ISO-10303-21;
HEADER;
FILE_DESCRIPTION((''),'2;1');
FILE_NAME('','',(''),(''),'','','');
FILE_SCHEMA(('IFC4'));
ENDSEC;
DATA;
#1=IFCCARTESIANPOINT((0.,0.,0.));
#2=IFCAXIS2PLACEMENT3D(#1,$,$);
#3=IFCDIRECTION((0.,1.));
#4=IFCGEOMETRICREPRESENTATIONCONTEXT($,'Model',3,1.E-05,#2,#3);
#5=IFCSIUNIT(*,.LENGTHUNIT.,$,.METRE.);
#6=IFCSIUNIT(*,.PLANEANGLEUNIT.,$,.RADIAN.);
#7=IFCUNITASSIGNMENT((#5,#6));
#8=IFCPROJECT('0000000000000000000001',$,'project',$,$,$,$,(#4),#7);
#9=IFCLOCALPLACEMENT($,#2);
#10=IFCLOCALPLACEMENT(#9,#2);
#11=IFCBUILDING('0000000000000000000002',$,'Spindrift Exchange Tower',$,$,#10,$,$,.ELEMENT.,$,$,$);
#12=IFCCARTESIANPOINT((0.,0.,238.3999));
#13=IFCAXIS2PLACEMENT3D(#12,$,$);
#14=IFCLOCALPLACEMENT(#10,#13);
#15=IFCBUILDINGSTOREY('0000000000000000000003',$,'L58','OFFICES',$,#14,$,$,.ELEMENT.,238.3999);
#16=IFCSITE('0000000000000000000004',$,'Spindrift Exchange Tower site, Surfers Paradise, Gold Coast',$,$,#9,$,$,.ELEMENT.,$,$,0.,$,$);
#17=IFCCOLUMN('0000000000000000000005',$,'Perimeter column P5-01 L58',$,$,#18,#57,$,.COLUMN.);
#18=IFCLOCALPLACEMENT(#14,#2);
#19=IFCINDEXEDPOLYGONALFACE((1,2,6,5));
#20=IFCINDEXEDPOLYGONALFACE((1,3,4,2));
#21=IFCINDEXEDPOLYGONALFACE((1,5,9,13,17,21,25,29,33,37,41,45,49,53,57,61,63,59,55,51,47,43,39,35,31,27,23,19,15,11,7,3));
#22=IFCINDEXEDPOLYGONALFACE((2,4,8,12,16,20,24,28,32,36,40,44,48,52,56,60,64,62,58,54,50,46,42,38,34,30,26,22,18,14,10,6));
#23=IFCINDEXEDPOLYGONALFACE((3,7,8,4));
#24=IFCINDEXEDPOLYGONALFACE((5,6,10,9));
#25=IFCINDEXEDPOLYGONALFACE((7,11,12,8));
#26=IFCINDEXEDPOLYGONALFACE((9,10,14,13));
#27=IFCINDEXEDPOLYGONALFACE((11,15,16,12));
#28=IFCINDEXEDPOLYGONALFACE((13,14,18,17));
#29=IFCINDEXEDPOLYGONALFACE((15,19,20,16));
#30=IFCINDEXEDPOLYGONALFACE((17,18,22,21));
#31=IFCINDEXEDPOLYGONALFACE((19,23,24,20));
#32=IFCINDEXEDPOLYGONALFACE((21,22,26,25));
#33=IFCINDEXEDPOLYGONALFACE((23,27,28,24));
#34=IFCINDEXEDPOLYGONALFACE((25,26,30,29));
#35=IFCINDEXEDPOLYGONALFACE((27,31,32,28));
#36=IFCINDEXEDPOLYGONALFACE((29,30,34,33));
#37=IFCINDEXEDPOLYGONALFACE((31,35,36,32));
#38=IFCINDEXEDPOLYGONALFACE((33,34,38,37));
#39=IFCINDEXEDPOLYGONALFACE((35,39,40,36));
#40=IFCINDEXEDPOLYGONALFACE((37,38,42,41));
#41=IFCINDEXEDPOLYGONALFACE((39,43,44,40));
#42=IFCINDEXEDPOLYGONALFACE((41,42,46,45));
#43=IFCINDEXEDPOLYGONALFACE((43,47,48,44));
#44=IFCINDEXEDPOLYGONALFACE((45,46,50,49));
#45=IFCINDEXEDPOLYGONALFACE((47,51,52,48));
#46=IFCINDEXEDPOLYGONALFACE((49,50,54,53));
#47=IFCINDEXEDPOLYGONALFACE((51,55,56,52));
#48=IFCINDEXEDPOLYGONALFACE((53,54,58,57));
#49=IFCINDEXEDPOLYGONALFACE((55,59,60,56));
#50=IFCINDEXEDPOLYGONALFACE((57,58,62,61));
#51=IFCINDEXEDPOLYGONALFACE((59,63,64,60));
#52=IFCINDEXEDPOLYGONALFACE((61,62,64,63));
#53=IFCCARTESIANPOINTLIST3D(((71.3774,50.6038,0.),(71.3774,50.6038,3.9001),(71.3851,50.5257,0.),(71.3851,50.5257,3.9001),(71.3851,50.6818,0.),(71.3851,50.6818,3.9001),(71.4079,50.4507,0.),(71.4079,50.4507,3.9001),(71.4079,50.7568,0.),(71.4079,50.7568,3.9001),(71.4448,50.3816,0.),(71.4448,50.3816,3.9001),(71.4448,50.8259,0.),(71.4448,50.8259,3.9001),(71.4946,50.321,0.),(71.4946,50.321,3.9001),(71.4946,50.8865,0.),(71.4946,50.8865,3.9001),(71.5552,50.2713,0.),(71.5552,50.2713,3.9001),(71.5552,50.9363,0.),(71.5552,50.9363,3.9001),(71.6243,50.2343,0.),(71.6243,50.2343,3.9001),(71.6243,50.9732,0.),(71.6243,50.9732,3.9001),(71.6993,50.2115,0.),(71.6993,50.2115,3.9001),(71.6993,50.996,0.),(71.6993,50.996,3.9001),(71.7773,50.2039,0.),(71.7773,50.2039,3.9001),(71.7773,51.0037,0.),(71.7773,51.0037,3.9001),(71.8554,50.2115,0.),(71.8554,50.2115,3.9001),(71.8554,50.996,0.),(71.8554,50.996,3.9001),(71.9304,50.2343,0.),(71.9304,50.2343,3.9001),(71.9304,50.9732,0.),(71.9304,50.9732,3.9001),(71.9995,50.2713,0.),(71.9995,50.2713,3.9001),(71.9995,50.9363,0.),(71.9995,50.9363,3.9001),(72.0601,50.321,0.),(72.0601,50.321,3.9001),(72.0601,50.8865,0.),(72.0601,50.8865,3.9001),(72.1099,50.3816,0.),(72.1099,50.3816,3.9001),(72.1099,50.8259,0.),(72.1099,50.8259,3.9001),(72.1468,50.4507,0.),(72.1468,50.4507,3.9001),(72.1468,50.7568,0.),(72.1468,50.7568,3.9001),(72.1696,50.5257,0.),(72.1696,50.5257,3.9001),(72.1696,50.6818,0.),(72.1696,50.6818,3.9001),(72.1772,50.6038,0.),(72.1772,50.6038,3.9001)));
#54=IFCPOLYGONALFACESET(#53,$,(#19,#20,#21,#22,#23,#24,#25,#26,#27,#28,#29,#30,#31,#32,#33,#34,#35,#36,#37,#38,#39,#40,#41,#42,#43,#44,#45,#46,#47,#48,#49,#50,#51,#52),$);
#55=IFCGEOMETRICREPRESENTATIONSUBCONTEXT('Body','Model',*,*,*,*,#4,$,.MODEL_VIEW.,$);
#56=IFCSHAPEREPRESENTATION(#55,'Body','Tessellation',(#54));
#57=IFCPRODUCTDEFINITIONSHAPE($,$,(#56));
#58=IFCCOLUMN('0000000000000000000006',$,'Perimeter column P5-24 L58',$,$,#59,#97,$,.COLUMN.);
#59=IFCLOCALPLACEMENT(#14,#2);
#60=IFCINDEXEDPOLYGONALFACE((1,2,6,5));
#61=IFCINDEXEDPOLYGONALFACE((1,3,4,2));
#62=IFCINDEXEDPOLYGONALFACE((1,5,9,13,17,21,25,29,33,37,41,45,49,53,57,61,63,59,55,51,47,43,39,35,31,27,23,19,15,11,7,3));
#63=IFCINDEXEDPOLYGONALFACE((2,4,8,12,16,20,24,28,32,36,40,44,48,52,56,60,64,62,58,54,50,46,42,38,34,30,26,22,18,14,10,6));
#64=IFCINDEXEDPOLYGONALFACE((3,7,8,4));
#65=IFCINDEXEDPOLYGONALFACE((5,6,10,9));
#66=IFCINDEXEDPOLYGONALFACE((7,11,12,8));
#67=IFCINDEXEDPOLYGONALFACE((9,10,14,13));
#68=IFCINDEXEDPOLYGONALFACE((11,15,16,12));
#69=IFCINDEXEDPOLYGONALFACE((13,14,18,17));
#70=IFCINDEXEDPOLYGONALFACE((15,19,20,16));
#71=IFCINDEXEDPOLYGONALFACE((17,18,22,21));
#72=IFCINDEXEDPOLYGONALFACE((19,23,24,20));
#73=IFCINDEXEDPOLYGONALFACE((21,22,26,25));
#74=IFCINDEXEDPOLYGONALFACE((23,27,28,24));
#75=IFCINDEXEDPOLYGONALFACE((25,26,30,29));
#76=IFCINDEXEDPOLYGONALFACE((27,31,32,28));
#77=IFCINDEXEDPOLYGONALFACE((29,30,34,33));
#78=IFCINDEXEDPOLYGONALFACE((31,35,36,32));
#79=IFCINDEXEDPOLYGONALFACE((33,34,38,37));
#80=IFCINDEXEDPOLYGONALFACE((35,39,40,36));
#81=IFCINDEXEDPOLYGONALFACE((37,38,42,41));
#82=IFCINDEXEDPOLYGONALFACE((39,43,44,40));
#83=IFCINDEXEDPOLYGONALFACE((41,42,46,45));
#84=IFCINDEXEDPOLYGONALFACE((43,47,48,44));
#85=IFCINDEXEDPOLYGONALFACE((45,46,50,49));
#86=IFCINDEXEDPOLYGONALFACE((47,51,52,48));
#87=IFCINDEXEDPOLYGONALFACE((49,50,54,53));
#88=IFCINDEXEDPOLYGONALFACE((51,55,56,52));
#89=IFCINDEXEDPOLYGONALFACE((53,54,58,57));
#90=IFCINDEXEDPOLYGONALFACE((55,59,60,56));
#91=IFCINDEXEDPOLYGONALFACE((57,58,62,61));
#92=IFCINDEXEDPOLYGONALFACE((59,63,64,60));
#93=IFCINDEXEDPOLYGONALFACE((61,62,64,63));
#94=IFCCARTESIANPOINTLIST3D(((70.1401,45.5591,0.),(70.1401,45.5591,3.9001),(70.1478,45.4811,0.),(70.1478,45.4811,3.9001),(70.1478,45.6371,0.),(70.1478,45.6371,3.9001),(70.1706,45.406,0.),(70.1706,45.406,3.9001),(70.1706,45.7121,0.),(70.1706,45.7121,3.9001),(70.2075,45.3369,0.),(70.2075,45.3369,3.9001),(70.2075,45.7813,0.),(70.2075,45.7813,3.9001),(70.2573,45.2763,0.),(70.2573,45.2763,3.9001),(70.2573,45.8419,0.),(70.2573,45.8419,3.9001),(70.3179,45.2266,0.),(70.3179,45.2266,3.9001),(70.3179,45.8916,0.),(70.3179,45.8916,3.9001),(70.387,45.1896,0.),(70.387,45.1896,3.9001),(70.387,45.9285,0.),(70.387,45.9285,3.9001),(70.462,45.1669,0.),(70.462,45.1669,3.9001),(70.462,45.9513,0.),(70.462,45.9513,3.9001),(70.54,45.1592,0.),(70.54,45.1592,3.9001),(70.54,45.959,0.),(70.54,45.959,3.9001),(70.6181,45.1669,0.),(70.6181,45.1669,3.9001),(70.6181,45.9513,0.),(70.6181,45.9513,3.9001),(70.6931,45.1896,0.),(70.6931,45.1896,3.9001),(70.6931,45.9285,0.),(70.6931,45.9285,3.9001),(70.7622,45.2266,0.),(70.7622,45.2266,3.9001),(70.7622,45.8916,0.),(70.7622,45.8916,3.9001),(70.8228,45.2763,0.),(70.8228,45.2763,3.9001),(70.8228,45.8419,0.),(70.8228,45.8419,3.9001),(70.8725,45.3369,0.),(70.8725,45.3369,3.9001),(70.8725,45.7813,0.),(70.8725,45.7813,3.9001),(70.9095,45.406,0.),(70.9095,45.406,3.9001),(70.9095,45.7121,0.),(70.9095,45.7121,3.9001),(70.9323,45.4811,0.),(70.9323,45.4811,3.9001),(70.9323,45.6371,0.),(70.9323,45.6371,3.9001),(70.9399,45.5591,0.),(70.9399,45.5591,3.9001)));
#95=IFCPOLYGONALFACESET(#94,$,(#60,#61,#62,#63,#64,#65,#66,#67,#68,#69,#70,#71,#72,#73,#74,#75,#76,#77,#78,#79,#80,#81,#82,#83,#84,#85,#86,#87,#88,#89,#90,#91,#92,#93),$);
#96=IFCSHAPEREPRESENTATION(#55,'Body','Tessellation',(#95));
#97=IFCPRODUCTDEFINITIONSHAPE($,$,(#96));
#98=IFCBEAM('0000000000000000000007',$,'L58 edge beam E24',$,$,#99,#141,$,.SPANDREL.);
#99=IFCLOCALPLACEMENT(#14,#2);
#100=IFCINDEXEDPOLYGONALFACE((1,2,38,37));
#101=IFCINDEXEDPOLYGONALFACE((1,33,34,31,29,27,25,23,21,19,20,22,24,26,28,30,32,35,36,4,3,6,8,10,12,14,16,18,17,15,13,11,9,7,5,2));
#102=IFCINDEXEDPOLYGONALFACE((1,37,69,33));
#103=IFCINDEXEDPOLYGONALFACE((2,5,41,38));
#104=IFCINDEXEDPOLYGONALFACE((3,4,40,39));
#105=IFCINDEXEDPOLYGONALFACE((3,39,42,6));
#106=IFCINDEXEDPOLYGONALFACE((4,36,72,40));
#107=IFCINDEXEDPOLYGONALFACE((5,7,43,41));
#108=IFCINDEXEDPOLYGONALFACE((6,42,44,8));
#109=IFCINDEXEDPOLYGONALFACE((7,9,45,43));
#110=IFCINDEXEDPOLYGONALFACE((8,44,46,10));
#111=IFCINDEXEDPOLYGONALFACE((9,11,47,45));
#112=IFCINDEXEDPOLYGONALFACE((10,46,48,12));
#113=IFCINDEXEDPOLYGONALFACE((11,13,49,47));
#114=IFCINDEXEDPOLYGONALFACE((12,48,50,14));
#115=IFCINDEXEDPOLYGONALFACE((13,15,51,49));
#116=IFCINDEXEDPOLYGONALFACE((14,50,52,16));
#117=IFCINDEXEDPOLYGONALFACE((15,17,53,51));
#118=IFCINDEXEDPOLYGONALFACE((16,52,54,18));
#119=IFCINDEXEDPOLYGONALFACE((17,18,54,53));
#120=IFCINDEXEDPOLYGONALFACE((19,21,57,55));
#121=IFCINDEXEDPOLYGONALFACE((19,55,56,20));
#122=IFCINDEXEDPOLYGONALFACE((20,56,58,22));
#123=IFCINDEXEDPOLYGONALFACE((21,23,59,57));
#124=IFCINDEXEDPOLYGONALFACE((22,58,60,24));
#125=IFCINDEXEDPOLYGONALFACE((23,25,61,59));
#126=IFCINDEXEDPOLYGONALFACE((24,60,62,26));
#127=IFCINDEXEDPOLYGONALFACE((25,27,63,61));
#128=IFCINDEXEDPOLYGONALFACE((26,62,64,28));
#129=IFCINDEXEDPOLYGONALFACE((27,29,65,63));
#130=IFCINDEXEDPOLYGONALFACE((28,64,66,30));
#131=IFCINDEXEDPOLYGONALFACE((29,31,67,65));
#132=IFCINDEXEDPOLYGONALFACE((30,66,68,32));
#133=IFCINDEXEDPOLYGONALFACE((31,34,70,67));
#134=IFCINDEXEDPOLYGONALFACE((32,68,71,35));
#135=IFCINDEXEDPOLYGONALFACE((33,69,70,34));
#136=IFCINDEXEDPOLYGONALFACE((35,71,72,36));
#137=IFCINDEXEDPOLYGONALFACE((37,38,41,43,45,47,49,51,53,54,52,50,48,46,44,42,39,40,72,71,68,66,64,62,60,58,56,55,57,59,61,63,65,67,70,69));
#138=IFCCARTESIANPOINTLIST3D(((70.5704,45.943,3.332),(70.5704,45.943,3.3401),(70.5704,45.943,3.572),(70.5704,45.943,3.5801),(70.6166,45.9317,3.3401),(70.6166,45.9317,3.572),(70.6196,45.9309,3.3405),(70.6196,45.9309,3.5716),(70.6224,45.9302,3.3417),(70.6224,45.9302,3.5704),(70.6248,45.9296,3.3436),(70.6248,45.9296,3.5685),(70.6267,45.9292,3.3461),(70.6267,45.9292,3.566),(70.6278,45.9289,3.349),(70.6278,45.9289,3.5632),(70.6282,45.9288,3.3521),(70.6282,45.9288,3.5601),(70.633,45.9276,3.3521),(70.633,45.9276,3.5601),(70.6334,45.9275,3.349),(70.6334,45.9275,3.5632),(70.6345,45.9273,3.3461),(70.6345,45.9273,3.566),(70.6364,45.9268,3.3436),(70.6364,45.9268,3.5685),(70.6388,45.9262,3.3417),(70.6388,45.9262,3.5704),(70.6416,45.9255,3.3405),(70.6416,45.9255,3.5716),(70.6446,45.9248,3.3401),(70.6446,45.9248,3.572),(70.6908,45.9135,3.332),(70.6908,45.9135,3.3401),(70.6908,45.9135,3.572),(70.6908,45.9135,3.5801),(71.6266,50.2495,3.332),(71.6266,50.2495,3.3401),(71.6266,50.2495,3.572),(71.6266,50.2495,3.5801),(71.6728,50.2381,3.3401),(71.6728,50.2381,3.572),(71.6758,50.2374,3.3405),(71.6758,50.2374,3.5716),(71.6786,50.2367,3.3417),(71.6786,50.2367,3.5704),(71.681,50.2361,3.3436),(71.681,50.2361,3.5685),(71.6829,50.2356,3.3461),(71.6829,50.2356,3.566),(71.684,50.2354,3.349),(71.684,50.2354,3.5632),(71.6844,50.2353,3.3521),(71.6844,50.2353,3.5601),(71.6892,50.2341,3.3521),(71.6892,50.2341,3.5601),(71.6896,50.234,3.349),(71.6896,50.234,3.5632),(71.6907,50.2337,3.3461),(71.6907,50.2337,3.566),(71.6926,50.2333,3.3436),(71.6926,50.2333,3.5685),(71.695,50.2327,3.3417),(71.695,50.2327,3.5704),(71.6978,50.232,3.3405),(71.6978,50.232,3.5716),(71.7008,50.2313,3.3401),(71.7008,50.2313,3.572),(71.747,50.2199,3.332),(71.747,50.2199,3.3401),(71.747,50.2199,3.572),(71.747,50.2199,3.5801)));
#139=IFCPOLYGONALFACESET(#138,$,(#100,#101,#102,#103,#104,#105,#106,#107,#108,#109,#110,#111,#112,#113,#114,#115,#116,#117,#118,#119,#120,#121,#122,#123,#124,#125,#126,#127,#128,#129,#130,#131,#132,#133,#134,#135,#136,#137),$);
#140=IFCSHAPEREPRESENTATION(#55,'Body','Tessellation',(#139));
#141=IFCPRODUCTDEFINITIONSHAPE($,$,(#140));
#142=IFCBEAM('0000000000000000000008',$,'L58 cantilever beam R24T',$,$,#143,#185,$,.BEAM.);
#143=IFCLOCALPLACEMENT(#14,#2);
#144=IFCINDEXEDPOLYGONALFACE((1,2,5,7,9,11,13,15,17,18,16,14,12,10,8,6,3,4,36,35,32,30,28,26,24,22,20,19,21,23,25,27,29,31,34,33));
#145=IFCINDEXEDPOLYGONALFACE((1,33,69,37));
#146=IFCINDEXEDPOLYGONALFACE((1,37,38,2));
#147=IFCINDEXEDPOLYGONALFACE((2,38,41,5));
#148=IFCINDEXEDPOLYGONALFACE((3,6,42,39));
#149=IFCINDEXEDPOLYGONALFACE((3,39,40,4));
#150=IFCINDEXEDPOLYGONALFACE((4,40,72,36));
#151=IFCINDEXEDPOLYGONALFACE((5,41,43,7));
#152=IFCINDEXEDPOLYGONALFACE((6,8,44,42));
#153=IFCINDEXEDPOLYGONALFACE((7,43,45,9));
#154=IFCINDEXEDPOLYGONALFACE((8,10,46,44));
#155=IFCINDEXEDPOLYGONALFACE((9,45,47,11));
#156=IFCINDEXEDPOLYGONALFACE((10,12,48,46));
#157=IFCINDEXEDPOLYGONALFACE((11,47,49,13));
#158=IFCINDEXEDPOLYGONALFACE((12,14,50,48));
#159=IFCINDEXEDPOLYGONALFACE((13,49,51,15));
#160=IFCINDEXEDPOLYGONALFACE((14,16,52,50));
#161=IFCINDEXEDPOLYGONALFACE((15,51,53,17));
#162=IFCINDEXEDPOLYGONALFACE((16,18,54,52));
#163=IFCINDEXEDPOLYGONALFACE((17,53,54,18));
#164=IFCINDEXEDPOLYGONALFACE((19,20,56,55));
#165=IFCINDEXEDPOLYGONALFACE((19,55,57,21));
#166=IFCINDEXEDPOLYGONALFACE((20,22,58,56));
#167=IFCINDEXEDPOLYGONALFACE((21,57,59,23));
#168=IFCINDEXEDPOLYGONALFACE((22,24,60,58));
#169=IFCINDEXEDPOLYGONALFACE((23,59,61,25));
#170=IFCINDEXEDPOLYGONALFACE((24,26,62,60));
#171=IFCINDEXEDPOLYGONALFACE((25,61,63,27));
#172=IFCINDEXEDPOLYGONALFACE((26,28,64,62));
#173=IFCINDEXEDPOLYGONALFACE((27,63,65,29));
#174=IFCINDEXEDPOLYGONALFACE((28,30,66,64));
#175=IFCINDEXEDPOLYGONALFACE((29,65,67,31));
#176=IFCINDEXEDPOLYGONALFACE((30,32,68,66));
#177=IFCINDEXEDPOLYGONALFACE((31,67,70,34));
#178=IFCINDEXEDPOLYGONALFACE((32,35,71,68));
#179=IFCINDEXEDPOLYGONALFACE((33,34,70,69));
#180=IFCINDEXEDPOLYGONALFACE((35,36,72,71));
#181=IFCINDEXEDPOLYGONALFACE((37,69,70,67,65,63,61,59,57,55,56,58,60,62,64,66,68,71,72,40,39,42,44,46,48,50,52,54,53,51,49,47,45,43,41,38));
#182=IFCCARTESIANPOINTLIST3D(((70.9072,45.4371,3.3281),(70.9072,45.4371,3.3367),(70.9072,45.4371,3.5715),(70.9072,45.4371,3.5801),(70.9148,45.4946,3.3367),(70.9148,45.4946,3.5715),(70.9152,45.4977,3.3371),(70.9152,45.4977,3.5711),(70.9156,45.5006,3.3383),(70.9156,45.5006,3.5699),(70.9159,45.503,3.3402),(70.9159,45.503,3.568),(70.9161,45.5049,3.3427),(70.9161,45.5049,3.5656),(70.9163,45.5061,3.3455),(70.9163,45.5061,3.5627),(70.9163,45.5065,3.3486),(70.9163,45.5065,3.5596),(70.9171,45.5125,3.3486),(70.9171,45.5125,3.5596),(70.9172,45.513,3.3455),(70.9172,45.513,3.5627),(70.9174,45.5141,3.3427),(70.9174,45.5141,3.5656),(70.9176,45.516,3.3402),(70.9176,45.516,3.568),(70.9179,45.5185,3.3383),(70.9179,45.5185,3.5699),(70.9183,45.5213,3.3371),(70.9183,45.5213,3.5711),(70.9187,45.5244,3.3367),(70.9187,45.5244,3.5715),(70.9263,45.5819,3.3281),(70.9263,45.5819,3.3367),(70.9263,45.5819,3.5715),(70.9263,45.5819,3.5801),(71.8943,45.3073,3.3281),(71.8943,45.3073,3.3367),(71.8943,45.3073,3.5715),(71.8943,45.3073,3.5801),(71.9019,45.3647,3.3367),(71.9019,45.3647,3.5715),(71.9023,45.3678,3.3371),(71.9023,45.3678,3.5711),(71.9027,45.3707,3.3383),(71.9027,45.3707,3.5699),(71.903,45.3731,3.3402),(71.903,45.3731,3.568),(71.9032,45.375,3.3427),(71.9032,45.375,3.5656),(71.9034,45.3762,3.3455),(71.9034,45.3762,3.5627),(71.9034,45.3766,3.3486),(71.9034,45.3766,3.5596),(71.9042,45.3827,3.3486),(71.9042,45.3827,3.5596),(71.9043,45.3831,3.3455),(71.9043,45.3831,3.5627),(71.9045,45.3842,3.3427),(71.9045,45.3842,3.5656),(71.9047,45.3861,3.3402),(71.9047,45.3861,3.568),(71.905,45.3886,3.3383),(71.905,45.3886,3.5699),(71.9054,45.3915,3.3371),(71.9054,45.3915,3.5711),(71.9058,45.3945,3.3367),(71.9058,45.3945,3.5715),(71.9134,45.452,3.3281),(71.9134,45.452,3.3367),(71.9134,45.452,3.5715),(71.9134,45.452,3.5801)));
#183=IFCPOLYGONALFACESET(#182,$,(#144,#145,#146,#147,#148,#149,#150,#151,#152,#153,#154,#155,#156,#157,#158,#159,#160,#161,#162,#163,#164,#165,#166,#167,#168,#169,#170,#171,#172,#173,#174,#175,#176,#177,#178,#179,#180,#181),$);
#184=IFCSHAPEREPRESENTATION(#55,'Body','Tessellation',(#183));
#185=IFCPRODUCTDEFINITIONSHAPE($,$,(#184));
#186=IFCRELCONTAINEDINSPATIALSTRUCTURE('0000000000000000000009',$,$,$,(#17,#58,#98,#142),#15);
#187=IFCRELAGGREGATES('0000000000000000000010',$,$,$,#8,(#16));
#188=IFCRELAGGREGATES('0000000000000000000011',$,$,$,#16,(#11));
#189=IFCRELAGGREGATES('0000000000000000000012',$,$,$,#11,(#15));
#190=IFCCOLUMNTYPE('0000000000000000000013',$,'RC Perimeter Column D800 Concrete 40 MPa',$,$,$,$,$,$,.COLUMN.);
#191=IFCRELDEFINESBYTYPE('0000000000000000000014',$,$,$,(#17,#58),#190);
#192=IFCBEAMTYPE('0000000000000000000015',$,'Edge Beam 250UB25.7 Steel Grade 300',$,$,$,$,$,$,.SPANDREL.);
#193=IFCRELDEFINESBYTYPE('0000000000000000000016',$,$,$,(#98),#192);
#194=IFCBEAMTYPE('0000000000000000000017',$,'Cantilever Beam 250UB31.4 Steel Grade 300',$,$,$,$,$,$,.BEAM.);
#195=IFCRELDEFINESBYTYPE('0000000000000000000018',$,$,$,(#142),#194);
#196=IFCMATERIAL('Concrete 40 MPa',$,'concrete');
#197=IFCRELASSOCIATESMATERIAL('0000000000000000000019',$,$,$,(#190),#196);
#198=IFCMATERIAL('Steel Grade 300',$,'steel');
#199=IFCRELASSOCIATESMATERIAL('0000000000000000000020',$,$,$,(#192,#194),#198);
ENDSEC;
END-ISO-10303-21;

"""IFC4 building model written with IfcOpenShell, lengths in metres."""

from ifc_helpers import new_model, si_unit, direction, frame, origin, origin_2d, place, context, subcontext, project, spatial, circle, i_section, extrude, source, transform, mapped, material, material_profile, profile_set, type_object, element, save


model = new_model("IFC4")

# Units and contexts
model_context = context("Model", 3, precision=1e-05, world=origin(), true_north=direction((0.0, 1.0)))
body_context = subcontext(model_context, "Body", "Model", "MODEL_VIEW")
ifc_project = project(units=[si_unit("LENGTHUNIT", "METRE"), si_unit("PLANEANGLEUNIT", "RADIAN")], contexts=[model_context])

# Site, building, storey
site_placement = place(None, origin())
site = spatial("IfcSite", under=ifc_project, at=site_placement, Name="Spindrift Exchange Tower site, Surfers Paradise, Gold Coast", CompositionType="ELEMENT", RefElevation=0.0)
building_placement = place(site_placement, origin())
building = spatial("IfcBuilding", under=site, at=building_placement, Name="Spindrift Exchange Tower", CompositionType="ELEMENT")
storey_placement = place(building_placement, frame((0.0, 0.0, 238.3999)))
storey = spatial("IfcBuildingStorey", under=building, at=storey_placement, Name="L58", Description="OFFICES", CompositionType="ELEMENT", Elevation=238.3999)

# Columns
ifc_material_1 = material(Name="Concrete 40 MPa", Category="concrete")
ifc_material_profile_1 = material_profile(ifc_material_1, circle(Radius=0.3999, at=origin_2d()), Name="RC D800")
ifc_profile_set_1 = profile_set([ifc_material_profile_1], Name="Concrete 40 MPa")
column_type = type_object("IfcColumnType", Name="RC Perimeter Column D800 Concrete 40 MPa", PredefinedType="COLUMN", material=ifc_profile_set_1)
shared_shape_1 = source(origin(), body_context, "Body", "SweptSolid", [
    extrude(circle(Radius=0.3999, at=origin_2d()), origin(), (0.0, 0.0, 1.0), 3.9001),
])
for number, where, z_axis, x_axis, name in (
    (1, (71.7773, 50.6038, 0.0), (0.0, 0.0, 1.0), (1.0, 0.0, 0.0), "Perimeter column P5-01 L58"),
    (2, (70.54, 45.5591, 0.0), (0.0, 0.0, 1.0), (1.0, 0.0, 0.0), "Perimeter column P5-24 L58"),
):
    element("IfcColumn", number, at=place(storey_placement, frame(where, z_axis=z_axis, x_axis=x_axis)), inside=storey, type_object=column_type, Name=name, PredefinedType="COLUMN", context=body_context, shape_type="MappedRepresentation", body=[
        mapped(shared_shape_1, transform((0.0, 0.0, 0.0), scale=1.0)),
    ])

# Beams
ifc_material_2 = material(Name="Steel Grade 300", Category="steel")
ifc_material_profile_2 = material_profile(ifc_material_2, i_section(OverallWidth=0.124, OverallDepth=0.248, WebThickness=0.0049, FlangeThickness=0.0081, FilletRadius=0.012, at=origin_2d()), Name="250UB25.7")
ifc_profile_set_2 = profile_set([ifc_material_profile_2], Name="Steel Grade 300")
beam_type_1 = type_object("IfcBeamType", Name="Edge Beam 250UB25.7 Steel Grade 300", PredefinedType="SPANDREL", material=ifc_profile_set_2)
shared_shape_2 = source(origin(), body_context, "Body", "SweptSolid", [
    extrude(i_section(OverallWidth=0.124, OverallDepth=0.248, WebThickness=0.0049, FlangeThickness=0.0081, FilletRadius=0.012, at=origin_2d()), origin(), (0.0, 0.0, 1.0), 4.4341),
])
beam_1_placement = place(storey_placement, frame((70.6306, 45.9282, 3.4561), z_axis=(0.238193, 0.971218, 0.0), x_axis=(-0.971218, 0.238193, 0.0)))
element("IfcBeam", 3, at=beam_1_placement, inside=storey, type_object=beam_type_1, Name="L58 edge beam E24", PredefinedType="SPANDREL", context=body_context, shape_type="MappedRepresentation", body=[
    mapped(shared_shape_2, transform((0.0, 0.0, 0.0), scale=1.0)),
])
ifc_material_profile_3 = material_profile(ifc_material_2, i_section(OverallWidth=0.146, OverallDepth=0.252, WebThickness=0.0061, FlangeThickness=0.0085, FilletRadius=0.012, at=origin_2d()), Name="250UB31.4")
ifc_profile_set_3 = profile_set([ifc_material_profile_3], Name="Steel Grade 300")
beam_type_2 = type_object("IfcBeamType", Name="Cantilever Beam 250UB31.4 Steel Grade 300", PredefinedType="BEAM", material=ifc_profile_set_3)
shared_shape_3 = source(origin(), body_context, "Body", "SweptSolid", [
    extrude(i_section(OverallWidth=0.146, OverallDepth=0.252, WebThickness=0.0061, FlangeThickness=0.0085, FilletRadius=0.012, at=origin_2d()), origin(), (0.0, 0.0, 1.0), 0.9956),
])
beam_2_placement = place(storey_placement, frame((70.9167, 45.5095, 3.4541), z_axis=(0.991453, -0.130461, 0.0), x_axis=(0.130461, 0.991453, 0.0)))
element("IfcBeam", 4, at=beam_2_placement, inside=storey, type_object=beam_type_2, Name="L58 cantilever beam R24T", PredefinedType="BEAM", context=body_context, shape_type="MappedRepresentation", body=[
    mapped(shared_shape_3, transform((0.0, 0.0, 0.0), scale=1.0)),
])

save(model, "model.ifc")
